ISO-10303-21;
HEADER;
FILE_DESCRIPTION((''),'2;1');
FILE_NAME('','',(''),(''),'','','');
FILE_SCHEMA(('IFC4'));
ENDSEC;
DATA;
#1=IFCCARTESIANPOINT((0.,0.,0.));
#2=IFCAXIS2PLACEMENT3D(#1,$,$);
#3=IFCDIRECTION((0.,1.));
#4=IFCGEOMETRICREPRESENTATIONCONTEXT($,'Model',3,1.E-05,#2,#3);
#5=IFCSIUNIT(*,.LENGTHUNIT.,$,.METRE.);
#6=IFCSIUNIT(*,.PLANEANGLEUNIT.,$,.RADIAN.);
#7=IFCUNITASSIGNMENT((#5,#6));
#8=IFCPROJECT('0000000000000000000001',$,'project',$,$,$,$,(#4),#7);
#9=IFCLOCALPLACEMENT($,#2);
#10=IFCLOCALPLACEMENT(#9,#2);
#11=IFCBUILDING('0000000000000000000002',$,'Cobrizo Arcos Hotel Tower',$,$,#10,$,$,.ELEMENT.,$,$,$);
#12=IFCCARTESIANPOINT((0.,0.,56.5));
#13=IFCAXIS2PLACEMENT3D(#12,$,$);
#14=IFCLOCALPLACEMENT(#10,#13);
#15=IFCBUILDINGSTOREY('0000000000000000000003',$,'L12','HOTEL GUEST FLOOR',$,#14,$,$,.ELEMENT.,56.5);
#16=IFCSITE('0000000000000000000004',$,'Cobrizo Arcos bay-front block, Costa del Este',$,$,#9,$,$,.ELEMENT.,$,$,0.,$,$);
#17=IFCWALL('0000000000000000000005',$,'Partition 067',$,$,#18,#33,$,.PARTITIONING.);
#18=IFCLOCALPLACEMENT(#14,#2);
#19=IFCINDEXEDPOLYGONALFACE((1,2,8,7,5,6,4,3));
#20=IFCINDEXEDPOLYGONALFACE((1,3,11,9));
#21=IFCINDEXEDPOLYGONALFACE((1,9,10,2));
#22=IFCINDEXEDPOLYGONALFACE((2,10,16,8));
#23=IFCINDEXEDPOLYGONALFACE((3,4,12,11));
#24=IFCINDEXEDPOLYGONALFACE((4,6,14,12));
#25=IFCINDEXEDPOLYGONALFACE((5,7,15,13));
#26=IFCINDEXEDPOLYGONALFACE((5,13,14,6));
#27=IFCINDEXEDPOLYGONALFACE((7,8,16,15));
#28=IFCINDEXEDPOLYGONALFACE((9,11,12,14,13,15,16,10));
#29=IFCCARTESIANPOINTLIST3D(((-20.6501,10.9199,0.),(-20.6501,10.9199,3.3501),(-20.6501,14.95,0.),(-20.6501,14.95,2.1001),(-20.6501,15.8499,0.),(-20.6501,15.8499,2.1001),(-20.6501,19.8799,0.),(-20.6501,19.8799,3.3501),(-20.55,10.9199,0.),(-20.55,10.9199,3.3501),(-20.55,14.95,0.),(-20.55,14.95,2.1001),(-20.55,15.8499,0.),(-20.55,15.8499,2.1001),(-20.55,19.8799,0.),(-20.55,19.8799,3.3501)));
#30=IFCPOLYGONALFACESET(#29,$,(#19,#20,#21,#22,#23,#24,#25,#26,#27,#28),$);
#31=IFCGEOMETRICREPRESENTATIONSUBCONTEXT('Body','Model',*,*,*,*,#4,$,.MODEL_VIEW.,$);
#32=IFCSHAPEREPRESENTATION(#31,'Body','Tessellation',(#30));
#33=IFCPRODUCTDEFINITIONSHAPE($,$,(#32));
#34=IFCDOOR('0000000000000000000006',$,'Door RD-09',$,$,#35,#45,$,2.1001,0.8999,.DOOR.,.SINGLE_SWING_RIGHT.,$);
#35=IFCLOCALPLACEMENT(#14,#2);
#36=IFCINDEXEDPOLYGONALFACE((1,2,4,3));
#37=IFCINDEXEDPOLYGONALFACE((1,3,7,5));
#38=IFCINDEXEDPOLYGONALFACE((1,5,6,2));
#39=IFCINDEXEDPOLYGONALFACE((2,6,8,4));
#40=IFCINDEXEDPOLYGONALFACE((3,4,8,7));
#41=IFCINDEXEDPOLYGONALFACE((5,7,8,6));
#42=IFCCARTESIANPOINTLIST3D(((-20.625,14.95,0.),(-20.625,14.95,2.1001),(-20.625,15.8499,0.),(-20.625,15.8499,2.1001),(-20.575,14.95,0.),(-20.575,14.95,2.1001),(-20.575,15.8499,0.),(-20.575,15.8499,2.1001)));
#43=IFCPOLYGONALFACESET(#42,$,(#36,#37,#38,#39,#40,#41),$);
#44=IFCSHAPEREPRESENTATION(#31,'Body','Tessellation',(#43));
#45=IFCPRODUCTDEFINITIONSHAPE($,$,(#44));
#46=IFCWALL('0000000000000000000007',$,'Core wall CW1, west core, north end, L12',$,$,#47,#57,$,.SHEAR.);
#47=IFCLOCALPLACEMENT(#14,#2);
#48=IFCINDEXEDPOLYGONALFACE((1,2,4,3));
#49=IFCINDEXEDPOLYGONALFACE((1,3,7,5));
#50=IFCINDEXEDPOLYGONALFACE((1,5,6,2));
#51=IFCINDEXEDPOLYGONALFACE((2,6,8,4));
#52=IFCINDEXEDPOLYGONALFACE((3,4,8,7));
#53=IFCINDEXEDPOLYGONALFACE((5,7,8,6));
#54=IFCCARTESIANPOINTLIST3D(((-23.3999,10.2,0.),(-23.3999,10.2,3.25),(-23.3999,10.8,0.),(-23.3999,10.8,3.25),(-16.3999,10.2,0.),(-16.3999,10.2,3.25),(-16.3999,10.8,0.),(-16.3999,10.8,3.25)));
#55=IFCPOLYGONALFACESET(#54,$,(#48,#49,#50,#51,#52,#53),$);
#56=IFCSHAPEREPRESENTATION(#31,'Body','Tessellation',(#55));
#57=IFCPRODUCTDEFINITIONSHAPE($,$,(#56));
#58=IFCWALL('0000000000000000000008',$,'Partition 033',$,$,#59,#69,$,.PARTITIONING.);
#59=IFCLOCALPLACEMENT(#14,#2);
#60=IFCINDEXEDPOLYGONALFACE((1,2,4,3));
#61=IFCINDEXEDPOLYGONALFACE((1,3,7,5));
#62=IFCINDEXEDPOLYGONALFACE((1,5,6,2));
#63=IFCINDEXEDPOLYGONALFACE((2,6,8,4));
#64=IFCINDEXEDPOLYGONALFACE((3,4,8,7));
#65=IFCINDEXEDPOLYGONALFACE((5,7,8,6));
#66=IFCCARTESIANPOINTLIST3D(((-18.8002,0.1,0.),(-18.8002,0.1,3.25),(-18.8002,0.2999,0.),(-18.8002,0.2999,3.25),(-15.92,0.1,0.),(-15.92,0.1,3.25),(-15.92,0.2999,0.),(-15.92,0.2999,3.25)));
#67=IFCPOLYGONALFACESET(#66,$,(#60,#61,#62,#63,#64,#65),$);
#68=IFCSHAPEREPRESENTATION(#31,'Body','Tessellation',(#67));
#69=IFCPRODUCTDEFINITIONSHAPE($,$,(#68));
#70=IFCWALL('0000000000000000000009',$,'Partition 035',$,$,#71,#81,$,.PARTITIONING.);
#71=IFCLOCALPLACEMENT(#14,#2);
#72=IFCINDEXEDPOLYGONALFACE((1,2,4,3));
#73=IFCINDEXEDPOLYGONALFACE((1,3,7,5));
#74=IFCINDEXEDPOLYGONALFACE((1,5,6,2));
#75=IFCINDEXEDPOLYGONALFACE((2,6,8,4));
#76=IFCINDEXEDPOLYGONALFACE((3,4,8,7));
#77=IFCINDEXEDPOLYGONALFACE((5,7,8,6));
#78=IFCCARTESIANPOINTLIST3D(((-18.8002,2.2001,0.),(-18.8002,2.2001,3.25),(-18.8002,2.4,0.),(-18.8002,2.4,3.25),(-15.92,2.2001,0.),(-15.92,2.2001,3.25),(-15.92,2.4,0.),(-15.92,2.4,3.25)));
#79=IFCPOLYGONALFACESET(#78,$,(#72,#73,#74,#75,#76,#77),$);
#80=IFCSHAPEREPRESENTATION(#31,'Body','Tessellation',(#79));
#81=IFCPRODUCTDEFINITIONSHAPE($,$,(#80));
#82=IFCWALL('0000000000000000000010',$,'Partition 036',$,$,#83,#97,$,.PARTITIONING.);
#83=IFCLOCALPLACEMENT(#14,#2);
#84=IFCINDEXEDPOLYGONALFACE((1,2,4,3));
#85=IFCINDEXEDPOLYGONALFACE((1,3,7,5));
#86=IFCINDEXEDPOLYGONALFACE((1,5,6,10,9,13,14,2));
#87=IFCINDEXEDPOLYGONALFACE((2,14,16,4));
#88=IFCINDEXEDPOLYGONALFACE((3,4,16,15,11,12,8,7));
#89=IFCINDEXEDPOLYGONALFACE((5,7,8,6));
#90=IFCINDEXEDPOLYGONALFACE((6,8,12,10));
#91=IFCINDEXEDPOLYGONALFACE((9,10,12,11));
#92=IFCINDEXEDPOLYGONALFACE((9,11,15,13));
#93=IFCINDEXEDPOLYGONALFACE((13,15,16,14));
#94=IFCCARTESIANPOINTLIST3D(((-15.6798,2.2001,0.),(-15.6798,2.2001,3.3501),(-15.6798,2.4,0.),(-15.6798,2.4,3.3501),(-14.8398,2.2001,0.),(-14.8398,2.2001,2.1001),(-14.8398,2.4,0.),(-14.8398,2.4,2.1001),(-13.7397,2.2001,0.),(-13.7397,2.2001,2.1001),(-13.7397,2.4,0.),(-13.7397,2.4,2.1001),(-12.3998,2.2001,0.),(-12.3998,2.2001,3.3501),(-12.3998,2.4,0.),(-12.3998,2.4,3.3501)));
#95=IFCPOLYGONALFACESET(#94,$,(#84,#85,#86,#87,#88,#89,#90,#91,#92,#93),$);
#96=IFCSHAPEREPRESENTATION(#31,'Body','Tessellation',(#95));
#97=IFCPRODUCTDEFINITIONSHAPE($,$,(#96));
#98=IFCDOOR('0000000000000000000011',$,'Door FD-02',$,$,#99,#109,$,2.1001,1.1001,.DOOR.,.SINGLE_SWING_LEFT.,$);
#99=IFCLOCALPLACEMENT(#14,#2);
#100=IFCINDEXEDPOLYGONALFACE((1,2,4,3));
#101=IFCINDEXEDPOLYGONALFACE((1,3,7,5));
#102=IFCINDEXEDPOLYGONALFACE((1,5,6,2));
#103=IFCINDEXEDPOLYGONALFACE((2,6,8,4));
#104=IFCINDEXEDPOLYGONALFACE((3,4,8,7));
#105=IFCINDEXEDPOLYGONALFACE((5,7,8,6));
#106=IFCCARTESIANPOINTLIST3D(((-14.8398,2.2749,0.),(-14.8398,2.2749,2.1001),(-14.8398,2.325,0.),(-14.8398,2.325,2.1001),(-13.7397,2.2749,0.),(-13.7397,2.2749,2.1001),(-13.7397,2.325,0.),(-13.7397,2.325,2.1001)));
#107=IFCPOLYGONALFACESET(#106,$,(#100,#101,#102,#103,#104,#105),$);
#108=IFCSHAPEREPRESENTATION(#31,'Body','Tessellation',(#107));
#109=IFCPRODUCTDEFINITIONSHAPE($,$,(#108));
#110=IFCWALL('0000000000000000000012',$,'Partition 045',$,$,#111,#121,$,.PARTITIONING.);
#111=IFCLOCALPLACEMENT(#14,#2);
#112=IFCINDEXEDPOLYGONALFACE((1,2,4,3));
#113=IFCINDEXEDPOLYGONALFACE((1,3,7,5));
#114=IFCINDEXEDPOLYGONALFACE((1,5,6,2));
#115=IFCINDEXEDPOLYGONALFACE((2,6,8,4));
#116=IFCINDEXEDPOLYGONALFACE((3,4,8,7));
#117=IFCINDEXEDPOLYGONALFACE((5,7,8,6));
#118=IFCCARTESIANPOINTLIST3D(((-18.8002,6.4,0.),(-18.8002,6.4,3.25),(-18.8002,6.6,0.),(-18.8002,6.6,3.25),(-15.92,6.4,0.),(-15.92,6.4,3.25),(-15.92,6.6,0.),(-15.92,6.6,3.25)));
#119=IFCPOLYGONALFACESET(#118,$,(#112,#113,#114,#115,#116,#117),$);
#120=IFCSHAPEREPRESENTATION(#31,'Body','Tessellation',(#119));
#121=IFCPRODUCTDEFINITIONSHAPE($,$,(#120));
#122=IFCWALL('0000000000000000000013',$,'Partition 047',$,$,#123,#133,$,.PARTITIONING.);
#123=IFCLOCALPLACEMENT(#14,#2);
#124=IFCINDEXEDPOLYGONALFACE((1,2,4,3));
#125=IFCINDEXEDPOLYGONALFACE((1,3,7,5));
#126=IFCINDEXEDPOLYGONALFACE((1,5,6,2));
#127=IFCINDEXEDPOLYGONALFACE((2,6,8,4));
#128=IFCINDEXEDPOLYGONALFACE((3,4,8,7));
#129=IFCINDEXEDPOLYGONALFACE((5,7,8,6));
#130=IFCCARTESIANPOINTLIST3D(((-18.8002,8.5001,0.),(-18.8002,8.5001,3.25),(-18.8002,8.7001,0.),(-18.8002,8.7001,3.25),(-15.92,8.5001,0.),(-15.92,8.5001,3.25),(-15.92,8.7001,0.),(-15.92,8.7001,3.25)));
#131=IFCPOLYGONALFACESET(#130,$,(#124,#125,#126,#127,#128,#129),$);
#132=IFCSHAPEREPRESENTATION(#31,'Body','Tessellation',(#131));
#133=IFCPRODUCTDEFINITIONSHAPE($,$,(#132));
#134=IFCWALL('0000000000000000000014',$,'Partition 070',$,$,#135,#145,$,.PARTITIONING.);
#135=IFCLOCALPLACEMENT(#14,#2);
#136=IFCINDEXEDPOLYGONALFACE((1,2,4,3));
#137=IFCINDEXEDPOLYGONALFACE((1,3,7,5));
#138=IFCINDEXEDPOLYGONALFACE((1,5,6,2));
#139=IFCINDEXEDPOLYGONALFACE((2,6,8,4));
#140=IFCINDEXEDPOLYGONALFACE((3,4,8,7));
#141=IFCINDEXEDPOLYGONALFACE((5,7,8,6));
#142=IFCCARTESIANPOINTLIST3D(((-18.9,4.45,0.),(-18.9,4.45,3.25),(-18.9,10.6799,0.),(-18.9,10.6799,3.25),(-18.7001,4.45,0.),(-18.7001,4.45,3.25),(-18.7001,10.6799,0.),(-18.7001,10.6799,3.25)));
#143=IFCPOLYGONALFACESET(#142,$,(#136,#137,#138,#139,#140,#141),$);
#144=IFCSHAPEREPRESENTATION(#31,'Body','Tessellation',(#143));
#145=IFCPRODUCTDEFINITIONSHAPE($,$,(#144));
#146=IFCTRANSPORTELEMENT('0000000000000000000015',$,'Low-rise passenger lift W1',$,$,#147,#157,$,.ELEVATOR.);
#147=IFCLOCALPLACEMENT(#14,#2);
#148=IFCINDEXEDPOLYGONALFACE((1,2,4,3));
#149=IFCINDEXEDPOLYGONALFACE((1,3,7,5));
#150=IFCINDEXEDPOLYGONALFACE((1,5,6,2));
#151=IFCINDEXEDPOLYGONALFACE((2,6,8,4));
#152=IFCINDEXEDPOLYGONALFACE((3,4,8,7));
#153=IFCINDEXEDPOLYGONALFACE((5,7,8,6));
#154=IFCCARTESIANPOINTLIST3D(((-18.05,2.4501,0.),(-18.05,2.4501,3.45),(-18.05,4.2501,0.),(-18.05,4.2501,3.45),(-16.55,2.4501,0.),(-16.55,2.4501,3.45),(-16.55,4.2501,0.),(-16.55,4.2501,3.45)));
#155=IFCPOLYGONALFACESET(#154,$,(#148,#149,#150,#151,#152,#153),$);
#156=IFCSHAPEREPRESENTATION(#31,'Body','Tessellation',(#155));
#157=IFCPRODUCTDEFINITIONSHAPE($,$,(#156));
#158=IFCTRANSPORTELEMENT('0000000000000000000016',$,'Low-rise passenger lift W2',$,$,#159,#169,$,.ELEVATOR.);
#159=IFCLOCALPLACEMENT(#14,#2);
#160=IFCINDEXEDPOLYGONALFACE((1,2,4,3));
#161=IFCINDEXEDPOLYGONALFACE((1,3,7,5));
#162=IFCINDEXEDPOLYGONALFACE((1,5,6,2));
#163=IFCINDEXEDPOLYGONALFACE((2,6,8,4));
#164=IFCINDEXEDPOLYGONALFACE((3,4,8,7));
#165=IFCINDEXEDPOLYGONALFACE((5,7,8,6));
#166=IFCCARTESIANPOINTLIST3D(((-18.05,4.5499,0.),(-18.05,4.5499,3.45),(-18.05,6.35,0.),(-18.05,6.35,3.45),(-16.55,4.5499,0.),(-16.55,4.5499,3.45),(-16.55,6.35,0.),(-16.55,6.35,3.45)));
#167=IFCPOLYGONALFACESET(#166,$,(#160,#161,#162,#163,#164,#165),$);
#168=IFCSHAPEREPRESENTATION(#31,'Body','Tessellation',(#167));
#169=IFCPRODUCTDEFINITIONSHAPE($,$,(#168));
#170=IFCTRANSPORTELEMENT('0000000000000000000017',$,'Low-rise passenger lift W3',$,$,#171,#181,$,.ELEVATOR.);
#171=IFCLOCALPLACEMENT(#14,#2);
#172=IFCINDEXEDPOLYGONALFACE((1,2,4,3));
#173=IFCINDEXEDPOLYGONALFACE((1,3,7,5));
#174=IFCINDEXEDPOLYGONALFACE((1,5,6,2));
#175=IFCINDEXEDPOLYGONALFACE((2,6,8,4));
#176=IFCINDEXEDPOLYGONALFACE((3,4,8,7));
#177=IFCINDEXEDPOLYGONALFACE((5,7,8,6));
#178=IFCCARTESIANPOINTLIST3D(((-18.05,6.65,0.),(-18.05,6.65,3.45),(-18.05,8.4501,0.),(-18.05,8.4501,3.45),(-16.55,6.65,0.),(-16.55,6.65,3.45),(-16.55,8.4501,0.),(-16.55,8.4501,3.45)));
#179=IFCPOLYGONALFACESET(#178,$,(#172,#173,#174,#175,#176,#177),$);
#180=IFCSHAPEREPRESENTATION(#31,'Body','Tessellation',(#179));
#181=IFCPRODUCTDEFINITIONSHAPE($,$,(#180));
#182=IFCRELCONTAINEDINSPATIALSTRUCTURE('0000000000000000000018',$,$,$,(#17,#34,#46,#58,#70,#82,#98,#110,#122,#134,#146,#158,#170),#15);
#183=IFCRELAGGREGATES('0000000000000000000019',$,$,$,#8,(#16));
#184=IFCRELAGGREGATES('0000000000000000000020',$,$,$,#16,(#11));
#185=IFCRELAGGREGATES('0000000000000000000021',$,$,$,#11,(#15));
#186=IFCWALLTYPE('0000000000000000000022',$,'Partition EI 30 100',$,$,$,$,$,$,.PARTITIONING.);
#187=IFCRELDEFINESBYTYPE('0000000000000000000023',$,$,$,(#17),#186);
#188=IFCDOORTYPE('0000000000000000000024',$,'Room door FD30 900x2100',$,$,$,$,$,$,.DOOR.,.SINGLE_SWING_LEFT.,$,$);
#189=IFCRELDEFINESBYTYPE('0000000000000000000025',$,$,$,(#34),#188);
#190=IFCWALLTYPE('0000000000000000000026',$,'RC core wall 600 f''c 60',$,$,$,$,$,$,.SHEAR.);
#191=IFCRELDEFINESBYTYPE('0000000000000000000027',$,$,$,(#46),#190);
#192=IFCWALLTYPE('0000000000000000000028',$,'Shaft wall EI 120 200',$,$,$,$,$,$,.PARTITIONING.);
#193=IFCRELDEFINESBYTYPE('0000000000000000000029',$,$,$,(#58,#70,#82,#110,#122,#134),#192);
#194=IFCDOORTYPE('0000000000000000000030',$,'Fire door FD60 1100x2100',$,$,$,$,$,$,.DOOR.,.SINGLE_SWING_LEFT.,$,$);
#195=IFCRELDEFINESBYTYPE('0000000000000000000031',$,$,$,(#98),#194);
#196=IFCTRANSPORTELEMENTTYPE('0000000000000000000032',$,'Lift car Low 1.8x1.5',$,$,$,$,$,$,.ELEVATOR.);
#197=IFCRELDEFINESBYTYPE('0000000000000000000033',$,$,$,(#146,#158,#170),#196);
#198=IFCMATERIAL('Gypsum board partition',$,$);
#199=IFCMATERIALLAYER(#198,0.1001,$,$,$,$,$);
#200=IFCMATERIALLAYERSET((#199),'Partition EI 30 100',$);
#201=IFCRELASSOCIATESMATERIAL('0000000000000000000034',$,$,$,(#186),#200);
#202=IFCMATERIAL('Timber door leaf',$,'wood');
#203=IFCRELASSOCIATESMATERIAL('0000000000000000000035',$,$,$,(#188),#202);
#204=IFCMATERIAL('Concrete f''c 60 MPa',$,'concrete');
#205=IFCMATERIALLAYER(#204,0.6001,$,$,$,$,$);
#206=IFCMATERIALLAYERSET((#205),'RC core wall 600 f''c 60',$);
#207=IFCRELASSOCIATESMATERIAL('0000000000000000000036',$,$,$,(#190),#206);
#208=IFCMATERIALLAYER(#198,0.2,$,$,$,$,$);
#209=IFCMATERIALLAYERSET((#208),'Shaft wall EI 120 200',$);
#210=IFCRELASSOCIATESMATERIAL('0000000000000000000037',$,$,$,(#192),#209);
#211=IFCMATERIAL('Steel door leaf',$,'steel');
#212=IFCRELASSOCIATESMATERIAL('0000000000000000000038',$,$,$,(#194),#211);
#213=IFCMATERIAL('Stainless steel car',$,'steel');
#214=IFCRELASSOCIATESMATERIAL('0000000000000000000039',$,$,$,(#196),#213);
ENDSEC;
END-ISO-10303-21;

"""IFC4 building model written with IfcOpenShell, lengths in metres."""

from ifc_helpers import new_model, si_unit, direction, frame, frame_2d, origin, origin_2d, place, context, subcontext, project, spatial, rectangle, extrude, material, layer, layer_set, type_object, element, fill, save


model = new_model("IFC4")

# Units and contexts
model_context = context("Model", 3, precision=1e-05, world=origin(), true_north=direction((0.0, 1.0)))
body_context = subcontext(model_context, "Body", "Model", "MODEL_VIEW")
ifc_project = project(units=[si_unit("LENGTHUNIT", "METRE"), si_unit("PLANEANGLEUNIT", "RADIAN")], contexts=[model_context])

# Site, building, storey
site_placement = place(None, origin())
site = spatial("IfcSite", under=ifc_project, at=site_placement, Name="Cobrizo Arcos bay-front block, Costa del Este", CompositionType="ELEMENT", RefElevation=0.0)
building_placement = place(site_placement, origin())
building = spatial("IfcBuilding", under=site, at=building_placement, Name="Cobrizo Arcos Hotel Tower", CompositionType="ELEMENT")
storey_placement = place(building_placement, frame((0.0, 0.0, 56.5)))
storey = spatial("IfcBuildingStorey", under=building, at=storey_placement, Name="L12", Description="HOTEL GUEST FLOOR", CompositionType="ELEMENT", Elevation=56.5)

# Shared definitions
ifc_material_1 = material(Name="Gypsum board partition")
ifc_material_2 = material(Name="Timber door leaf", Category="wood")

# Wall, opening, door
ifc_layer_1 = layer(ifc_material_1, 0.1001)
ifc_layer_set_1 = layer_set([ifc_layer_1], Name="Partition EI 30 100")
wall_type_1 = type_object("IfcWallType", Name="Partition EI 30 100", PredefinedType="PARTITIONING", material=ifc_layer_set_1)
door_type_1 = type_object("IfcDoorType", Name="Room door FD30 900x2100", OperationType="SINGLE_SWING_LEFT", PredefinedType="DOOR", material=ifc_material_2)
wall_1_placement = place(storey_placement, frame((-20.6001, 10.9199, 0.0), z_axis=(0.0, 0.0, 1.0), x_axis=(0.0, 1.0, 0.0)))
wall_1 = element("IfcWall", 1, at=wall_1_placement, inside=storey, type_object=wall_type_1, Name="Partition 067", PredefinedType="PARTITIONING", context=body_context, shape_type="SweptSolid", body=[
    extrude(rectangle(XDim=8.96, YDim=0.1001, at=frame_2d((4.48, 0.0))), origin(), (0.0, 0.0, 1.0), 3.3501),
])
opening_1_placement = place(wall_1_placement, frame((4.03, 0.0, 0.0)))
opening_1 = element("IfcOpeningElement", 2, at=opening_1_placement, cuts=wall_1, PredefinedType="OPENING", context=body_context, shape_type="SweptSolid", body=[
    extrude(rectangle(XDim=0.8999, YDim=2.1001, at=frame_2d((0.45, 1.05))), frame((0.0, 0.062, 0.0), z_axis=(0.0, -1.0, 0.0), x_axis=(1.0, 0.0, 0.0)), (0.0, 0.0, 1.0), 0.124),
])
door_1_placement = place(opening_1_placement, origin())
door_1 = element("IfcDoor", 3, at=door_1_placement, inside=storey, type_object=door_type_1, Name="Door RD-09", OperationType="SINGLE_SWING_RIGHT", OverallHeight=2.1001, OverallWidth=0.8999, PredefinedType="DOOR", context=body_context, shape_type="SweptSolid", body=[
    extrude(rectangle(XDim=0.8999, YDim=2.1001, at=frame_2d((0.45, 1.05))), frame((0.0, 0.0249, 0.0), z_axis=(0.0, -1.0, 0.0), x_axis=(1.0, 0.0, 0.0)), (0.0, 0.0, 1.0), 0.05),
])
fill(opening_1, door_1)

# Walls
ifc_material_3 = material(Name="Concrete f'c 60 MPa", Category="concrete")
ifc_layer_2 = layer(ifc_material_3, 0.6001)
ifc_layer_set_2 = layer_set([ifc_layer_2], Name="RC core wall 600 f'c 60")
wall_type_2 = type_object("IfcWallType", Name="RC core wall 600 f'c 60", PredefinedType="SHEAR", material=ifc_layer_set_2)
wall_2_placement = place(storey_placement, frame((-23.3999, 10.5, 0.0), z_axis=(0.0, 0.0, 1.0), x_axis=(1.0, 0.0, 0.0)))
element("IfcWall", 4, at=wall_2_placement, inside=storey, type_object=wall_type_2, Name="Core wall CW1, west core, north end, L12", PredefinedType="SHEAR", context=body_context, shape_type="SweptSolid", body=[
    extrude(rectangle(XDim=7.0, YDim=0.6001, at=frame_2d((3.5, 0.0))), origin(), (0.0, 0.0, 1.0), 3.25),
])
ifc_layer_3 = layer(ifc_material_1, 0.2)
ifc_layer_set_3 = layer_set([ifc_layer_3], Name="Shaft wall EI 120 200")
wall_type_3 = type_object("IfcWallType", Name="Shaft wall EI 120 200", PredefinedType="PARTITIONING", material=ifc_layer_set_3)
for number, where, z_axis, x_axis, name in (
    (5, (-18.8, 0.2, 0.0), (0.0, 0.0, 1.0), (1.0, 0.0, 0.0), "Partition 033"),
    (6, (-18.8, 2.3, 0.0), (0.0, 0.0, 1.0), (1.0, 0.0, 0.0), "Partition 035"),
):
    element("IfcWall", number, at=place(storey_placement, frame(where, z_axis=z_axis, x_axis=x_axis)), inside=storey, type_object=wall_type_3, Name=name, PredefinedType="PARTITIONING", context=body_context, shape_type="SweptSolid", body=[
        extrude(rectangle(XDim=2.8801, YDim=0.2, at=frame_2d((1.4399, 0.0))), origin(), (0.0, 0.0, 1.0), 3.25),
    ])

# Wall, opening, door
wall_3_placement = place(storey_placement, frame((-15.6799, 2.3, 0.0), z_axis=(0.0, 0.0, 1.0), x_axis=(1.0, 0.0, 0.0)))
wall_3 = element("IfcWall", 7, at=wall_3_placement, inside=storey, type_object=wall_type_3, Name="Partition 036", PredefinedType="PARTITIONING", context=body_context, shape_type="SweptSolid", body=[
    extrude(rectangle(XDim=3.28, YDim=0.2, at=frame_2d((1.6401, 0.0))), origin(), (0.0, 0.0, 1.0), 3.3501),
])
opening_2_placement = place(wall_3_placement, frame((0.8401, 0.0, 0.0)))
opening_2 = element("IfcOpeningElement", 8, at=opening_2_placement, cuts=wall_3, PredefinedType="OPENING", context=body_context, shape_type="SweptSolid", body=[
    extrude(rectangle(XDim=1.1001, YDim=2.1001, at=frame_2d((0.55, 1.05))), frame((0.0, 0.1121, 0.0), z_axis=(0.0, -1.0, 0.0), x_axis=(1.0, 0.0, 0.0)), (0.0, 0.0, 1.0), 0.2239),
])
ifc_material_4 = material(Name="Steel door leaf", Category="steel")
door_type_2 = type_object("IfcDoorType", Name="Fire door FD60 1100x2100", OperationType="SINGLE_SWING_LEFT", PredefinedType="DOOR", material=ifc_material_4)
door_2_placement = place(opening_2_placement, origin())
door_2 = element("IfcDoor", 9, at=door_2_placement, inside=storey, type_object=door_type_2, Name="Door FD-02", OperationType="SINGLE_SWING_LEFT", OverallHeight=2.1001, OverallWidth=1.1001, PredefinedType="DOOR", context=body_context, shape_type="SweptSolid", body=[
    extrude(rectangle(XDim=1.1001, YDim=2.1001, at=frame_2d((0.55, 1.05))), frame((0.0, 0.0249, 0.0), z_axis=(0.0, -1.0, 0.0), x_axis=(1.0, 0.0, 0.0)), (0.0, 0.0, 1.0), 0.05),
])
fill(opening_2, door_2)

# Walls
for number, where, z_axis, x_axis, name in (
    (10, (-18.8, 6.5, 0.0), (0.0, 0.0, 1.0), (1.0, 0.0, 0.0), "Partition 045"),
    (11, (-18.8, 8.6001, 0.0), (0.0, 0.0, 1.0), (1.0, 0.0, 0.0), "Partition 047"),
):
    element("IfcWall", number, at=place(storey_placement, frame(where, z_axis=z_axis, x_axis=x_axis)), inside=storey, type_object=wall_type_3, Name=name, PredefinedType="PARTITIONING", context=body_context, shape_type="SweptSolid", body=[
        extrude(rectangle(XDim=2.8801, YDim=0.2, at=frame_2d((1.4399, 0.0))), origin(), (0.0, 0.0, 1.0), 3.25),
    ])
wall_4_placement = place(storey_placement, frame((-18.8, 4.45, 0.0), z_axis=(0.0, 0.0, 1.0), x_axis=(0.0, 1.0, 0.0)))
element("IfcWall", 12, at=wall_4_placement, inside=storey, type_object=wall_type_3, Name="Partition 070", PredefinedType="PARTITIONING", context=body_context, shape_type="SweptSolid", body=[
    extrude(rectangle(XDim=6.23, YDim=0.2, at=frame_2d((3.115, 0.0))), origin(), (0.0, 0.0, 1.0), 3.25),
])

# Transport elements
ifc_material_5 = material(Name="Stainless steel car", Category="steel")
transport_element_type = type_object("IfcTransportElementType", Name="Lift car Low 1.8x1.5", PredefinedType="ELEVATOR", material=ifc_material_5)
for number, where, z_axis, x_axis, name in (
    (13, (-17.3, 3.3501, 0.0), (0.0, 0.0, 1.0), (1.0, 0.0, 0.0), "Low-rise passenger lift W1"),
    (14, (-17.3, 5.45, 0.0), (0.0, 0.0, 1.0), (1.0, 0.0, 0.0), "Low-rise passenger lift W2"),
    (15, (-17.3, 7.55, 0.0), (0.0, 0.0, 1.0), (1.0, 0.0, 0.0), "Low-rise passenger lift W3"),
):
    element("IfcTransportElement", number, at=place(storey_placement, frame(where, z_axis=z_axis, x_axis=x_axis)), inside=storey, type_object=transport_element_type, Name=name, PredefinedType="ELEVATOR", context=body_context, shape_type="SweptSolid", body=[
        extrude(rectangle(XDim=1.5, YDim=1.8, at=origin_2d()), origin(), (0.0, 0.0, 1.0), 3.45),
    ])

save(model, "model.ifc")
